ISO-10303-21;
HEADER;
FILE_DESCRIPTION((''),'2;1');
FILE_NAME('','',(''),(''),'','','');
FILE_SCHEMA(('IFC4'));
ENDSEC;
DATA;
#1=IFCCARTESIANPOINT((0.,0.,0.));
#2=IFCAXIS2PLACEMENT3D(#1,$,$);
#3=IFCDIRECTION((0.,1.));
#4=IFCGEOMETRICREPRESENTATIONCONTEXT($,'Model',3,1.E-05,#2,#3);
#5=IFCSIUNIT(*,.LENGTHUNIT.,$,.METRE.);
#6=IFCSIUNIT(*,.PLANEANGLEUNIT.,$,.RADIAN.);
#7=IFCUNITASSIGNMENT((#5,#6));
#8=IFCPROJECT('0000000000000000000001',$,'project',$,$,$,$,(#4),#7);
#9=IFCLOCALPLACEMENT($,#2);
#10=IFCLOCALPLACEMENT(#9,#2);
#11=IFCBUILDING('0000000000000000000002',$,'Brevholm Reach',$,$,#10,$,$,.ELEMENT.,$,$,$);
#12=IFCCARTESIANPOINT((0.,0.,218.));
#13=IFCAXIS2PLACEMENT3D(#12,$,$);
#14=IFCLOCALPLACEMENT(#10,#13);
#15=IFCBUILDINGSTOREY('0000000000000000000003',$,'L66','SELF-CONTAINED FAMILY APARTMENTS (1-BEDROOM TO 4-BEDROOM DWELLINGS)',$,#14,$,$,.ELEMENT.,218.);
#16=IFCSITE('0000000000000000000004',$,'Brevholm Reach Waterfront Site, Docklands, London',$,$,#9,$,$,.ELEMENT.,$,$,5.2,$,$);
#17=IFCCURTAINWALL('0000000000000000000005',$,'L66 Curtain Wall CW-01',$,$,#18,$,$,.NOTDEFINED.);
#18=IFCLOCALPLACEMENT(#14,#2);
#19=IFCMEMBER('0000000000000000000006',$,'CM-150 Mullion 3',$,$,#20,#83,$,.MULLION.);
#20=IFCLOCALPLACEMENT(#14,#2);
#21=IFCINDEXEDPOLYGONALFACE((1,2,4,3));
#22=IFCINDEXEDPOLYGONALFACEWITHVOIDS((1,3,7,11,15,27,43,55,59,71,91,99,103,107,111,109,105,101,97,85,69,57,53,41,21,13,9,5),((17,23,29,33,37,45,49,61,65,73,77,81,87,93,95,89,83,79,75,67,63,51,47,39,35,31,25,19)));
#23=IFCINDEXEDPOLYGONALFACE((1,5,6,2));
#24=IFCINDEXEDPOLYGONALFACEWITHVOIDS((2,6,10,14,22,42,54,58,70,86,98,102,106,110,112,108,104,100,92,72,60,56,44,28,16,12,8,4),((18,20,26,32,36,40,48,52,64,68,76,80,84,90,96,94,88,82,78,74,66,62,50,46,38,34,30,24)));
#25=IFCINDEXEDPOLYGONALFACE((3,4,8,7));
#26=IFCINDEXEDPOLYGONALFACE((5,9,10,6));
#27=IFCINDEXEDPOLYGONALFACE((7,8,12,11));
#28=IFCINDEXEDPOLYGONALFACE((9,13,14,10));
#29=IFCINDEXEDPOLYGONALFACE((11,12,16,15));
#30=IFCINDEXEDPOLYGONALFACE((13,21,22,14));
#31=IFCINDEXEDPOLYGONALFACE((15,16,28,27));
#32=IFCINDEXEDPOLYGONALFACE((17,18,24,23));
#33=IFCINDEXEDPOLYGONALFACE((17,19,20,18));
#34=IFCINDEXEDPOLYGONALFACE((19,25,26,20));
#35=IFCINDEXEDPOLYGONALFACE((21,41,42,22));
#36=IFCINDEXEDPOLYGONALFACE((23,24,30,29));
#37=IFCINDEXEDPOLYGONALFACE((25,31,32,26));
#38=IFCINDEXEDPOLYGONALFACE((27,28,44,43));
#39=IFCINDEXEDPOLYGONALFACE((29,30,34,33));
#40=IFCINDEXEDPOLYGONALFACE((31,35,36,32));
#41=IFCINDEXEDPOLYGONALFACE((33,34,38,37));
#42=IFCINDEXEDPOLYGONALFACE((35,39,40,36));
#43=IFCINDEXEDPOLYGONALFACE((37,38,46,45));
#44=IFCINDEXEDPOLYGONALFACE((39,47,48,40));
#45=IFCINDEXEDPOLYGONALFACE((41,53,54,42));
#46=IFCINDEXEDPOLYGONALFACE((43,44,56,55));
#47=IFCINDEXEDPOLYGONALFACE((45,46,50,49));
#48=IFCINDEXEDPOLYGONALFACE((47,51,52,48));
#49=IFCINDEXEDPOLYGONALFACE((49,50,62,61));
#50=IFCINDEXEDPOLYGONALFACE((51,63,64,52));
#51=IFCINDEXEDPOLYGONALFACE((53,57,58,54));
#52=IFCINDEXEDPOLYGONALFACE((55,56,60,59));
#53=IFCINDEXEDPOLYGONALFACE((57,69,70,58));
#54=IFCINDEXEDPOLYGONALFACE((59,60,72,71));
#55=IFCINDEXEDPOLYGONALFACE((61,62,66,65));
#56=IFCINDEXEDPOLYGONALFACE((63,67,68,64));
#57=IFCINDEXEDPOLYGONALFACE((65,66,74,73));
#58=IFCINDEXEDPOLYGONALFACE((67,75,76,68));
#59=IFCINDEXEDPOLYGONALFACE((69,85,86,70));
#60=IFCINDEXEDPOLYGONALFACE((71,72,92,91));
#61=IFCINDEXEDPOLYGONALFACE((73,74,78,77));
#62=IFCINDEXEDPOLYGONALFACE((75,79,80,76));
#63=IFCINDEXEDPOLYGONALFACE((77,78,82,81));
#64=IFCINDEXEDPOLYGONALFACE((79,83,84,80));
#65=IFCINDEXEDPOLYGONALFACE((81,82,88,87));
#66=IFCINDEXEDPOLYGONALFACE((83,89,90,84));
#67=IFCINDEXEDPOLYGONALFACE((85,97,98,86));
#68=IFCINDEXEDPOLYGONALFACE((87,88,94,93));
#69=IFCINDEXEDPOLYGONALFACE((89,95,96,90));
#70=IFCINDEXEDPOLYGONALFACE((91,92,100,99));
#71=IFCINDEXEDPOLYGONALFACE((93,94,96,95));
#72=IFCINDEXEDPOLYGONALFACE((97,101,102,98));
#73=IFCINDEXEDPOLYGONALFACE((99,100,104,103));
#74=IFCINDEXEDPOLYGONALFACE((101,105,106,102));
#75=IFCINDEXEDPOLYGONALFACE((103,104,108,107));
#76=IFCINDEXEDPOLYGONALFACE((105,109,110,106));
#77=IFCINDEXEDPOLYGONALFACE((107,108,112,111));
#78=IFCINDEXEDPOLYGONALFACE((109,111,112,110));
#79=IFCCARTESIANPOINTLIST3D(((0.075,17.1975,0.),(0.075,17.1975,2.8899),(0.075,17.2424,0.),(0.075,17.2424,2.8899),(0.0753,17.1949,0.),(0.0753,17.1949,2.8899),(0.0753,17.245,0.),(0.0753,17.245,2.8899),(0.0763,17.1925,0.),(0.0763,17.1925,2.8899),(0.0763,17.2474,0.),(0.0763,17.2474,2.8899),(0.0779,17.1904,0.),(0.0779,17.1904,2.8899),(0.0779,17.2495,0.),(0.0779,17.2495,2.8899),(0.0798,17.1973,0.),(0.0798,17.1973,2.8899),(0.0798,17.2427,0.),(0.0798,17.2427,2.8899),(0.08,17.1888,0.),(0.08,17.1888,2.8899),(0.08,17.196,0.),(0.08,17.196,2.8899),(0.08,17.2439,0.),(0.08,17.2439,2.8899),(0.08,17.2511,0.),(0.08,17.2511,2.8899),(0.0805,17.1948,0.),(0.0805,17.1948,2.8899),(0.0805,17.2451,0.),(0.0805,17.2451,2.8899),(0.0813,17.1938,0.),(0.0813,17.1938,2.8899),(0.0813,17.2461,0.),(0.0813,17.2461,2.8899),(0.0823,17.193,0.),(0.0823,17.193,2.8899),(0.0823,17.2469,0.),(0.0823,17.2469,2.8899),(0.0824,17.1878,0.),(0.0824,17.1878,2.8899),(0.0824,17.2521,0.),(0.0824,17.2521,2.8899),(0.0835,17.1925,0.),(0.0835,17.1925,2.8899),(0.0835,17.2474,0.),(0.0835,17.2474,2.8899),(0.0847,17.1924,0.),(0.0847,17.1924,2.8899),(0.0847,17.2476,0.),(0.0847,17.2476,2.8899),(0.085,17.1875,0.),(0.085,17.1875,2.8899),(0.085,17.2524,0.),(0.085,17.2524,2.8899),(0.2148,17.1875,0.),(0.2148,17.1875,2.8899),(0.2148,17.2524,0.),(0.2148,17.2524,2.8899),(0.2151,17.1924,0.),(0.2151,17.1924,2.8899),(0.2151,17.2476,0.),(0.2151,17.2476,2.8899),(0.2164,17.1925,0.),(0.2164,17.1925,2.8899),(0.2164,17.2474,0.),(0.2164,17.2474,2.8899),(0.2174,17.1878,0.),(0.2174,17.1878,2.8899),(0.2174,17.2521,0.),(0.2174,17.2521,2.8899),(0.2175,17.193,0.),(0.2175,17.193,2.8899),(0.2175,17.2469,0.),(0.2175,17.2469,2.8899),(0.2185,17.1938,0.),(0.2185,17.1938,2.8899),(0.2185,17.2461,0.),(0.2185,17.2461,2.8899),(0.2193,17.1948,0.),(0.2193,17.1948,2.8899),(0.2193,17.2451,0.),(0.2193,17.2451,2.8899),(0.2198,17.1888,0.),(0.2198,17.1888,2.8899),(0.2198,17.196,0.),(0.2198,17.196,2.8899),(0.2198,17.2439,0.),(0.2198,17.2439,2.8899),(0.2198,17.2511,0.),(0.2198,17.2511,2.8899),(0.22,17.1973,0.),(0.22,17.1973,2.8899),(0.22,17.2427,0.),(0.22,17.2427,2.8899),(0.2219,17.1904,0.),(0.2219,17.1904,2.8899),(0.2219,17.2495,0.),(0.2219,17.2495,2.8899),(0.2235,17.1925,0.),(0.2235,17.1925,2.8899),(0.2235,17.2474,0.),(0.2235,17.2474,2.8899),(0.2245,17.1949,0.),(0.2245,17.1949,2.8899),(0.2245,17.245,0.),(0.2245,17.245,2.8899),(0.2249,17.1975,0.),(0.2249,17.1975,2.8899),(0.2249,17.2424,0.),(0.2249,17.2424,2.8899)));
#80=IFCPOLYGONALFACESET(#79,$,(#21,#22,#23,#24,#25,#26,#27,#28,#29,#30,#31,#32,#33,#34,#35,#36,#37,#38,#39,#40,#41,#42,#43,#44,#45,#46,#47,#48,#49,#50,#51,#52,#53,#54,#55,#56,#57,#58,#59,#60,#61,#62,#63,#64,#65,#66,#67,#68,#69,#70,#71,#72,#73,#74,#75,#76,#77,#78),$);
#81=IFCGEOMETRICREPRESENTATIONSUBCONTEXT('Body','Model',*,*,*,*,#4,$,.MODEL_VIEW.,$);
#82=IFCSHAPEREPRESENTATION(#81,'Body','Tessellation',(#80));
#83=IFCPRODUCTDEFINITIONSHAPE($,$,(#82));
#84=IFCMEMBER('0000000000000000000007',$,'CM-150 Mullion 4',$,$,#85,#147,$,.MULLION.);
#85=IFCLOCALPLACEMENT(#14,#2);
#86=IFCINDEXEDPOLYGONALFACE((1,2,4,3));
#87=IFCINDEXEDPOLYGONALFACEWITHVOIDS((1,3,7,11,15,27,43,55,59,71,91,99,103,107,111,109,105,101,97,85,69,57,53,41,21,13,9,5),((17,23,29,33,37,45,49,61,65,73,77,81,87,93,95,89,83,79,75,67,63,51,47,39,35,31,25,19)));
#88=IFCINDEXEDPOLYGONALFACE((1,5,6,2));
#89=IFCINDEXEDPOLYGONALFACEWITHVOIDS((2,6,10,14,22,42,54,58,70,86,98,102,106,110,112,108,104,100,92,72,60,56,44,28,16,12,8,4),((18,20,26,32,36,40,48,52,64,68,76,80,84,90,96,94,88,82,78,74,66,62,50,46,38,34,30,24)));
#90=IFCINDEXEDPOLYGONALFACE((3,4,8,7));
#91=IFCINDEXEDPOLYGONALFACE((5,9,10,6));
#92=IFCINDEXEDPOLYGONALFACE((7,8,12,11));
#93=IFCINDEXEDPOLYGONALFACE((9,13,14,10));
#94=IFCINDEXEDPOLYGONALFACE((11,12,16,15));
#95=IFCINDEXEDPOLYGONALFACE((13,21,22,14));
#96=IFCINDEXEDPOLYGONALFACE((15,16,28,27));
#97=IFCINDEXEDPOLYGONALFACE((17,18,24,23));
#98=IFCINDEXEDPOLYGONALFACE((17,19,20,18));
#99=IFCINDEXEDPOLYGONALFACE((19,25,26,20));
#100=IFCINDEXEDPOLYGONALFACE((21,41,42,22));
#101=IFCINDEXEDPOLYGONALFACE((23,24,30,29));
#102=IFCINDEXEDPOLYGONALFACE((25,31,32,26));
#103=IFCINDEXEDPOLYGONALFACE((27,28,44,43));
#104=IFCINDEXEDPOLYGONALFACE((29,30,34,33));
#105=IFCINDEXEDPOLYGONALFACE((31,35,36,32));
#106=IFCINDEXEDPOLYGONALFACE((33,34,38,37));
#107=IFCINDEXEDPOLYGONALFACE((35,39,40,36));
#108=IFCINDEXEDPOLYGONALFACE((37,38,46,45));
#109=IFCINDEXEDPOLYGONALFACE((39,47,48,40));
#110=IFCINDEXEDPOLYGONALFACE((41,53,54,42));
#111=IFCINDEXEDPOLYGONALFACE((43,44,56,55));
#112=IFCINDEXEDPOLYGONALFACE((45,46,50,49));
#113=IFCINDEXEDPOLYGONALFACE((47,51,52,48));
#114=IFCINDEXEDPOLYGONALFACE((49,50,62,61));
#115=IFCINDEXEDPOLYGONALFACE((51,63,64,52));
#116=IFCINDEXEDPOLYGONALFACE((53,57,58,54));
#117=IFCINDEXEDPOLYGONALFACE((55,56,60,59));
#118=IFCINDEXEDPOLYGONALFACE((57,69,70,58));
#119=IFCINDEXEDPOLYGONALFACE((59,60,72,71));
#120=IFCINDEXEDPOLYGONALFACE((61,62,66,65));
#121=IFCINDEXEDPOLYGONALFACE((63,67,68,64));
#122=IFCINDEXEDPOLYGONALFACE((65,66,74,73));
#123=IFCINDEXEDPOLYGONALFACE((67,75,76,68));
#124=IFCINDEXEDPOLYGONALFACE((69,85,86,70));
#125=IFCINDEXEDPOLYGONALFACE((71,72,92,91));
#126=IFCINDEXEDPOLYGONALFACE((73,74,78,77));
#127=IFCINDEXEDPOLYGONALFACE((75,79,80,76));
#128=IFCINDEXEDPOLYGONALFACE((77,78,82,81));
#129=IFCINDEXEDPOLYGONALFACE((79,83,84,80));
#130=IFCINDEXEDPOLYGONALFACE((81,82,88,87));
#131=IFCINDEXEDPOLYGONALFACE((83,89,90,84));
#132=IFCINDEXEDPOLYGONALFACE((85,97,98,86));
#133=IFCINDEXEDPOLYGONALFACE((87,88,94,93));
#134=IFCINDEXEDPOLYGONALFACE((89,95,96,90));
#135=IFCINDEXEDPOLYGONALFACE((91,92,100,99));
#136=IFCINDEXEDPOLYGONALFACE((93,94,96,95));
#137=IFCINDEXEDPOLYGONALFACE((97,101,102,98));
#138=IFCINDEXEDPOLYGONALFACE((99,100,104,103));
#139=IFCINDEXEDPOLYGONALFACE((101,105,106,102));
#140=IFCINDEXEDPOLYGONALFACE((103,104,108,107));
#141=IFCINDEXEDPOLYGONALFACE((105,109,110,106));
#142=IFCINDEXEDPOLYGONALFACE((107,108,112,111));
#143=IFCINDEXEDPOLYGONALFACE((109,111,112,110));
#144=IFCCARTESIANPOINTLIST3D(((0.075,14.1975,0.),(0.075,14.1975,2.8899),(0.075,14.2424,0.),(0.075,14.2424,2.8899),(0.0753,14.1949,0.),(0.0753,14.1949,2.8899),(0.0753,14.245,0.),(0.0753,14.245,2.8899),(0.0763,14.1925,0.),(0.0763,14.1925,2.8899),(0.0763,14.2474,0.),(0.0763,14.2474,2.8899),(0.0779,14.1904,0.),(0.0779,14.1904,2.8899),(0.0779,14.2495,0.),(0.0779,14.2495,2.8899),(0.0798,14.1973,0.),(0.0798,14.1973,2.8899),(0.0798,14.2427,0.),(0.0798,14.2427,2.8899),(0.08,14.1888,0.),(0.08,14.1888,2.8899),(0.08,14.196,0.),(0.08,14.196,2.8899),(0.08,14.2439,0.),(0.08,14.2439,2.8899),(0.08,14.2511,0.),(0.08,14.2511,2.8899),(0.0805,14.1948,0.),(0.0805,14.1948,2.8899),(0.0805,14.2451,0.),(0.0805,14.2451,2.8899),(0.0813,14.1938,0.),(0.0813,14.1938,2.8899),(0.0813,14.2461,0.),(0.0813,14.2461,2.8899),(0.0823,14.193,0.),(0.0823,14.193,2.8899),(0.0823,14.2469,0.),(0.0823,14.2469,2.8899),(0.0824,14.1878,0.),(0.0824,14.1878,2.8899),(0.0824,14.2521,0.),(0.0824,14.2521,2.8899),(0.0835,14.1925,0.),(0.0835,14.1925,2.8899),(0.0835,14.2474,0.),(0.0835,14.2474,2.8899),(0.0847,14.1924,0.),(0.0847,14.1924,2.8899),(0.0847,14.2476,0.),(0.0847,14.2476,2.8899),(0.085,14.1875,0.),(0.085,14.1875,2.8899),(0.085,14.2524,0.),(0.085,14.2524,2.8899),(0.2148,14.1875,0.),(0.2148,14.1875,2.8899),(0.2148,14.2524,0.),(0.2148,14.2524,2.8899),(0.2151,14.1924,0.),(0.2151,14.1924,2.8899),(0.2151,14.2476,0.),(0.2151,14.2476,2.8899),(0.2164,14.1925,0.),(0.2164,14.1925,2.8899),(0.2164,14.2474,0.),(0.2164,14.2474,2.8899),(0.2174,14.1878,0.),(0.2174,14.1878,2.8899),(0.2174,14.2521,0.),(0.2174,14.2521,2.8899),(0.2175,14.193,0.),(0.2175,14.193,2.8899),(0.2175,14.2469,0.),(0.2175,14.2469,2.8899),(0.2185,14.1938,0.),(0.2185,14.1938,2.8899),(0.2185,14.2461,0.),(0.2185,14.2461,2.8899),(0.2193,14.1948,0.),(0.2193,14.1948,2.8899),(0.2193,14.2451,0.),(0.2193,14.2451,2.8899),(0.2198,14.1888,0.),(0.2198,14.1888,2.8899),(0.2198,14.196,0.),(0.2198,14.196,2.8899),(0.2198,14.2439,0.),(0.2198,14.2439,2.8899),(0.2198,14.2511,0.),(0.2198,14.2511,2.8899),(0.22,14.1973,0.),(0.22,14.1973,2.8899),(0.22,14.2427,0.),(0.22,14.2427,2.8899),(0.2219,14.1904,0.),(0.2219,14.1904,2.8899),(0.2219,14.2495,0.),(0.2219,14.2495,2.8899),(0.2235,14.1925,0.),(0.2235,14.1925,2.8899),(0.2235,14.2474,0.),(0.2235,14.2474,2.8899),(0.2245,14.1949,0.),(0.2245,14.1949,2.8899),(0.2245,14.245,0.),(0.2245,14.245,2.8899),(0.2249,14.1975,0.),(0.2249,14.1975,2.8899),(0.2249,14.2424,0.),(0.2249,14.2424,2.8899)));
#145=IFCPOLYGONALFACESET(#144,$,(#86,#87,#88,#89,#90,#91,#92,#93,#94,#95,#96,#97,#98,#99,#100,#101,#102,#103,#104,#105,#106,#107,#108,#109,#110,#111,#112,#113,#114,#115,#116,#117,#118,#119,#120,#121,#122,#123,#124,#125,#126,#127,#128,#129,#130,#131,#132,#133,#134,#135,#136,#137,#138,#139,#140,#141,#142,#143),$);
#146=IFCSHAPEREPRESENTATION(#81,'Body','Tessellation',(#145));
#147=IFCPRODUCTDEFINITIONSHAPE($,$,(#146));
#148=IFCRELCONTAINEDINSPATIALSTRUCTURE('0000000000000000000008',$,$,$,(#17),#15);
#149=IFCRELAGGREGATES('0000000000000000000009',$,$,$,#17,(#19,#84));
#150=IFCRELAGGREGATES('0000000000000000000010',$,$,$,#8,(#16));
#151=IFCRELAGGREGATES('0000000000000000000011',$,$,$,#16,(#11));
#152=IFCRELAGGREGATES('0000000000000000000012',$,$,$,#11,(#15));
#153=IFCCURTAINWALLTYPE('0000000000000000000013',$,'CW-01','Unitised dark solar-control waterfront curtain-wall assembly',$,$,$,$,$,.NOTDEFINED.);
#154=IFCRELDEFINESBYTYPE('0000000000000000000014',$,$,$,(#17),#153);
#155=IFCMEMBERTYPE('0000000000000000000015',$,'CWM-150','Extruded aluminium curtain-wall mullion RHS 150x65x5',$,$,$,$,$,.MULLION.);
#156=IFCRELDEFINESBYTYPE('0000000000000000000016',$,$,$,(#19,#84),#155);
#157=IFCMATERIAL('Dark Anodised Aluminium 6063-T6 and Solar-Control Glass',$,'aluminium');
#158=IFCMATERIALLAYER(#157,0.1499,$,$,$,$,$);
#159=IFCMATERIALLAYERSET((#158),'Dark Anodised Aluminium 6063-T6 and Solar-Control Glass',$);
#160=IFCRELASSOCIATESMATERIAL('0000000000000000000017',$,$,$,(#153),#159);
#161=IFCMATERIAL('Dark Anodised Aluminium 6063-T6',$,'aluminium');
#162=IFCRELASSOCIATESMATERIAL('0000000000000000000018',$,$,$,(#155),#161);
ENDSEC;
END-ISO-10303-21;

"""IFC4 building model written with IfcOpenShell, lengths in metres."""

from ifc_helpers import new_model, si_unit, direction, frame, origin, origin_2d, place, context, subcontext, project, spatial, hollow_rectangle, extrude, material, layer, layer_set, material_profile, profile_set, type_object, element, aggregate, save


model = new_model("IFC4")

# Units and contexts
model_context = context("Model", 3, precision=1e-05, world=origin(), true_north=direction((0.0, 1.0)))
body_context = subcontext(model_context, "Body", "Model", "MODEL_VIEW")
ifc_project = project(units=[si_unit("LENGTHUNIT", "METRE"), si_unit("PLANEANGLEUNIT", "RADIAN")], contexts=[model_context])

# Site, building, storey
site_placement = place(None, origin())
site = spatial("IfcSite", under=ifc_project, at=site_placement, Name="Brevholm Reach Waterfront Site, Docklands, London", CompositionType="ELEMENT", RefElevation=5.2)
building_placement = place(site_placement, origin())
building = spatial("IfcBuilding", under=site, at=building_placement, Name="Brevholm Reach", CompositionType="ELEMENT")
storey_placement = place(building_placement, frame((0.0, 0.0, 218.0)))
storey = spatial("IfcBuildingStorey", under=building, at=storey_placement, Name="L66", Description="SELF-CONTAINED FAMILY APARTMENTS (1-BEDROOM TO 4-BEDROOM DWELLINGS)", CompositionType="ELEMENT", Elevation=218.0)

# Curtain wall, members
ifc_material_1 = material(Name="Dark Anodised Aluminium 6063-T6 and Solar-Control Glass", Category="aluminium")
ifc_layer_1 = layer(ifc_material_1, 0.1499)
ifc_layer_set_1 = layer_set([ifc_layer_1], Name="Dark Anodised Aluminium 6063-T6 and Solar-Control Glass")
curtain_wall_type = type_object("IfcCurtainWallType", Name="CW-01", Description="Unitised dark solar-control waterfront curtain-wall assembly", PredefinedType="NOTDEFINED", material=ifc_layer_set_1)
curtain_wall_placement = place(storey_placement, origin())
curtain_wall = element("IfcCurtainWall", 1, at=curtain_wall_placement, inside=storey, type_object=curtain_wall_type, Name="L66 Curtain Wall CW-01", PredefinedType="NOTDEFINED")
ifc_material_2 = material(Name="Dark Anodised Aluminium 6063-T6", Category="aluminium")
ifc_material_profile_1 = material_profile(ifc_material_2, hollow_rectangle(XDim=0.0649, YDim=0.1499, WallThickness=0.0049, InnerFilletRadius=0.0049, OuterFilletRadius=0.01, at=origin_2d()), Name="RHS 150x65x5")
ifc_profile_set_1 = profile_set([ifc_material_profile_1], Name="Dark Anodised Aluminium 6063-T6")
member_type_1 = type_object("IfcMemberType", Name="CWM-150", Description="Extruded aluminium curtain-wall mullion RHS 150x65x5", PredefinedType="MULLION", material=ifc_profile_set_1)
member_1_placement = place(storey_placement, frame((0.1499, 17.22, 0.0), z_axis=(0.0, 0.0, 1.0), x_axis=(0.0, -1.0, 0.0)))
member_1 = element("IfcMember", 2, at=member_1_placement, type_object=member_type_1, Name="CM-150 Mullion 3", PredefinedType="MULLION", context=body_context, shape_type="SweptSolid", body=[
    extrude(hollow_rectangle(XDim=0.0649, YDim=0.1499, WallThickness=0.0049, InnerFilletRadius=0.0049, OuterFilletRadius=0.01, at=origin_2d()), origin(), (0.0, 0.0, 1.0), 2.8899),
])
member_2_placement = place(storey_placement, frame((0.1499, 14.22, 0.0), z_axis=(0.0, 0.0, 1.0), x_axis=(0.0, -1.0, 0.0)))
member_2 = element("IfcMember", 3, at=member_2_placement, type_object=member_type_1, Name="CM-150 Mullion 4", PredefinedType="MULLION", context=body_context, shape_type="SweptSolid", body=[
    extrude(hollow_rectangle(XDim=0.0649, YDim=0.1499, WallThickness=0.0049, InnerFilletRadius=0.0049, OuterFilletRadius=0.01, at=origin_2d()), origin(), (0.0, 0.0, 1.0), 2.8899),
])
aggregate(curtain_wall, [member_1, member_2])

save(model, "model.ifc")
